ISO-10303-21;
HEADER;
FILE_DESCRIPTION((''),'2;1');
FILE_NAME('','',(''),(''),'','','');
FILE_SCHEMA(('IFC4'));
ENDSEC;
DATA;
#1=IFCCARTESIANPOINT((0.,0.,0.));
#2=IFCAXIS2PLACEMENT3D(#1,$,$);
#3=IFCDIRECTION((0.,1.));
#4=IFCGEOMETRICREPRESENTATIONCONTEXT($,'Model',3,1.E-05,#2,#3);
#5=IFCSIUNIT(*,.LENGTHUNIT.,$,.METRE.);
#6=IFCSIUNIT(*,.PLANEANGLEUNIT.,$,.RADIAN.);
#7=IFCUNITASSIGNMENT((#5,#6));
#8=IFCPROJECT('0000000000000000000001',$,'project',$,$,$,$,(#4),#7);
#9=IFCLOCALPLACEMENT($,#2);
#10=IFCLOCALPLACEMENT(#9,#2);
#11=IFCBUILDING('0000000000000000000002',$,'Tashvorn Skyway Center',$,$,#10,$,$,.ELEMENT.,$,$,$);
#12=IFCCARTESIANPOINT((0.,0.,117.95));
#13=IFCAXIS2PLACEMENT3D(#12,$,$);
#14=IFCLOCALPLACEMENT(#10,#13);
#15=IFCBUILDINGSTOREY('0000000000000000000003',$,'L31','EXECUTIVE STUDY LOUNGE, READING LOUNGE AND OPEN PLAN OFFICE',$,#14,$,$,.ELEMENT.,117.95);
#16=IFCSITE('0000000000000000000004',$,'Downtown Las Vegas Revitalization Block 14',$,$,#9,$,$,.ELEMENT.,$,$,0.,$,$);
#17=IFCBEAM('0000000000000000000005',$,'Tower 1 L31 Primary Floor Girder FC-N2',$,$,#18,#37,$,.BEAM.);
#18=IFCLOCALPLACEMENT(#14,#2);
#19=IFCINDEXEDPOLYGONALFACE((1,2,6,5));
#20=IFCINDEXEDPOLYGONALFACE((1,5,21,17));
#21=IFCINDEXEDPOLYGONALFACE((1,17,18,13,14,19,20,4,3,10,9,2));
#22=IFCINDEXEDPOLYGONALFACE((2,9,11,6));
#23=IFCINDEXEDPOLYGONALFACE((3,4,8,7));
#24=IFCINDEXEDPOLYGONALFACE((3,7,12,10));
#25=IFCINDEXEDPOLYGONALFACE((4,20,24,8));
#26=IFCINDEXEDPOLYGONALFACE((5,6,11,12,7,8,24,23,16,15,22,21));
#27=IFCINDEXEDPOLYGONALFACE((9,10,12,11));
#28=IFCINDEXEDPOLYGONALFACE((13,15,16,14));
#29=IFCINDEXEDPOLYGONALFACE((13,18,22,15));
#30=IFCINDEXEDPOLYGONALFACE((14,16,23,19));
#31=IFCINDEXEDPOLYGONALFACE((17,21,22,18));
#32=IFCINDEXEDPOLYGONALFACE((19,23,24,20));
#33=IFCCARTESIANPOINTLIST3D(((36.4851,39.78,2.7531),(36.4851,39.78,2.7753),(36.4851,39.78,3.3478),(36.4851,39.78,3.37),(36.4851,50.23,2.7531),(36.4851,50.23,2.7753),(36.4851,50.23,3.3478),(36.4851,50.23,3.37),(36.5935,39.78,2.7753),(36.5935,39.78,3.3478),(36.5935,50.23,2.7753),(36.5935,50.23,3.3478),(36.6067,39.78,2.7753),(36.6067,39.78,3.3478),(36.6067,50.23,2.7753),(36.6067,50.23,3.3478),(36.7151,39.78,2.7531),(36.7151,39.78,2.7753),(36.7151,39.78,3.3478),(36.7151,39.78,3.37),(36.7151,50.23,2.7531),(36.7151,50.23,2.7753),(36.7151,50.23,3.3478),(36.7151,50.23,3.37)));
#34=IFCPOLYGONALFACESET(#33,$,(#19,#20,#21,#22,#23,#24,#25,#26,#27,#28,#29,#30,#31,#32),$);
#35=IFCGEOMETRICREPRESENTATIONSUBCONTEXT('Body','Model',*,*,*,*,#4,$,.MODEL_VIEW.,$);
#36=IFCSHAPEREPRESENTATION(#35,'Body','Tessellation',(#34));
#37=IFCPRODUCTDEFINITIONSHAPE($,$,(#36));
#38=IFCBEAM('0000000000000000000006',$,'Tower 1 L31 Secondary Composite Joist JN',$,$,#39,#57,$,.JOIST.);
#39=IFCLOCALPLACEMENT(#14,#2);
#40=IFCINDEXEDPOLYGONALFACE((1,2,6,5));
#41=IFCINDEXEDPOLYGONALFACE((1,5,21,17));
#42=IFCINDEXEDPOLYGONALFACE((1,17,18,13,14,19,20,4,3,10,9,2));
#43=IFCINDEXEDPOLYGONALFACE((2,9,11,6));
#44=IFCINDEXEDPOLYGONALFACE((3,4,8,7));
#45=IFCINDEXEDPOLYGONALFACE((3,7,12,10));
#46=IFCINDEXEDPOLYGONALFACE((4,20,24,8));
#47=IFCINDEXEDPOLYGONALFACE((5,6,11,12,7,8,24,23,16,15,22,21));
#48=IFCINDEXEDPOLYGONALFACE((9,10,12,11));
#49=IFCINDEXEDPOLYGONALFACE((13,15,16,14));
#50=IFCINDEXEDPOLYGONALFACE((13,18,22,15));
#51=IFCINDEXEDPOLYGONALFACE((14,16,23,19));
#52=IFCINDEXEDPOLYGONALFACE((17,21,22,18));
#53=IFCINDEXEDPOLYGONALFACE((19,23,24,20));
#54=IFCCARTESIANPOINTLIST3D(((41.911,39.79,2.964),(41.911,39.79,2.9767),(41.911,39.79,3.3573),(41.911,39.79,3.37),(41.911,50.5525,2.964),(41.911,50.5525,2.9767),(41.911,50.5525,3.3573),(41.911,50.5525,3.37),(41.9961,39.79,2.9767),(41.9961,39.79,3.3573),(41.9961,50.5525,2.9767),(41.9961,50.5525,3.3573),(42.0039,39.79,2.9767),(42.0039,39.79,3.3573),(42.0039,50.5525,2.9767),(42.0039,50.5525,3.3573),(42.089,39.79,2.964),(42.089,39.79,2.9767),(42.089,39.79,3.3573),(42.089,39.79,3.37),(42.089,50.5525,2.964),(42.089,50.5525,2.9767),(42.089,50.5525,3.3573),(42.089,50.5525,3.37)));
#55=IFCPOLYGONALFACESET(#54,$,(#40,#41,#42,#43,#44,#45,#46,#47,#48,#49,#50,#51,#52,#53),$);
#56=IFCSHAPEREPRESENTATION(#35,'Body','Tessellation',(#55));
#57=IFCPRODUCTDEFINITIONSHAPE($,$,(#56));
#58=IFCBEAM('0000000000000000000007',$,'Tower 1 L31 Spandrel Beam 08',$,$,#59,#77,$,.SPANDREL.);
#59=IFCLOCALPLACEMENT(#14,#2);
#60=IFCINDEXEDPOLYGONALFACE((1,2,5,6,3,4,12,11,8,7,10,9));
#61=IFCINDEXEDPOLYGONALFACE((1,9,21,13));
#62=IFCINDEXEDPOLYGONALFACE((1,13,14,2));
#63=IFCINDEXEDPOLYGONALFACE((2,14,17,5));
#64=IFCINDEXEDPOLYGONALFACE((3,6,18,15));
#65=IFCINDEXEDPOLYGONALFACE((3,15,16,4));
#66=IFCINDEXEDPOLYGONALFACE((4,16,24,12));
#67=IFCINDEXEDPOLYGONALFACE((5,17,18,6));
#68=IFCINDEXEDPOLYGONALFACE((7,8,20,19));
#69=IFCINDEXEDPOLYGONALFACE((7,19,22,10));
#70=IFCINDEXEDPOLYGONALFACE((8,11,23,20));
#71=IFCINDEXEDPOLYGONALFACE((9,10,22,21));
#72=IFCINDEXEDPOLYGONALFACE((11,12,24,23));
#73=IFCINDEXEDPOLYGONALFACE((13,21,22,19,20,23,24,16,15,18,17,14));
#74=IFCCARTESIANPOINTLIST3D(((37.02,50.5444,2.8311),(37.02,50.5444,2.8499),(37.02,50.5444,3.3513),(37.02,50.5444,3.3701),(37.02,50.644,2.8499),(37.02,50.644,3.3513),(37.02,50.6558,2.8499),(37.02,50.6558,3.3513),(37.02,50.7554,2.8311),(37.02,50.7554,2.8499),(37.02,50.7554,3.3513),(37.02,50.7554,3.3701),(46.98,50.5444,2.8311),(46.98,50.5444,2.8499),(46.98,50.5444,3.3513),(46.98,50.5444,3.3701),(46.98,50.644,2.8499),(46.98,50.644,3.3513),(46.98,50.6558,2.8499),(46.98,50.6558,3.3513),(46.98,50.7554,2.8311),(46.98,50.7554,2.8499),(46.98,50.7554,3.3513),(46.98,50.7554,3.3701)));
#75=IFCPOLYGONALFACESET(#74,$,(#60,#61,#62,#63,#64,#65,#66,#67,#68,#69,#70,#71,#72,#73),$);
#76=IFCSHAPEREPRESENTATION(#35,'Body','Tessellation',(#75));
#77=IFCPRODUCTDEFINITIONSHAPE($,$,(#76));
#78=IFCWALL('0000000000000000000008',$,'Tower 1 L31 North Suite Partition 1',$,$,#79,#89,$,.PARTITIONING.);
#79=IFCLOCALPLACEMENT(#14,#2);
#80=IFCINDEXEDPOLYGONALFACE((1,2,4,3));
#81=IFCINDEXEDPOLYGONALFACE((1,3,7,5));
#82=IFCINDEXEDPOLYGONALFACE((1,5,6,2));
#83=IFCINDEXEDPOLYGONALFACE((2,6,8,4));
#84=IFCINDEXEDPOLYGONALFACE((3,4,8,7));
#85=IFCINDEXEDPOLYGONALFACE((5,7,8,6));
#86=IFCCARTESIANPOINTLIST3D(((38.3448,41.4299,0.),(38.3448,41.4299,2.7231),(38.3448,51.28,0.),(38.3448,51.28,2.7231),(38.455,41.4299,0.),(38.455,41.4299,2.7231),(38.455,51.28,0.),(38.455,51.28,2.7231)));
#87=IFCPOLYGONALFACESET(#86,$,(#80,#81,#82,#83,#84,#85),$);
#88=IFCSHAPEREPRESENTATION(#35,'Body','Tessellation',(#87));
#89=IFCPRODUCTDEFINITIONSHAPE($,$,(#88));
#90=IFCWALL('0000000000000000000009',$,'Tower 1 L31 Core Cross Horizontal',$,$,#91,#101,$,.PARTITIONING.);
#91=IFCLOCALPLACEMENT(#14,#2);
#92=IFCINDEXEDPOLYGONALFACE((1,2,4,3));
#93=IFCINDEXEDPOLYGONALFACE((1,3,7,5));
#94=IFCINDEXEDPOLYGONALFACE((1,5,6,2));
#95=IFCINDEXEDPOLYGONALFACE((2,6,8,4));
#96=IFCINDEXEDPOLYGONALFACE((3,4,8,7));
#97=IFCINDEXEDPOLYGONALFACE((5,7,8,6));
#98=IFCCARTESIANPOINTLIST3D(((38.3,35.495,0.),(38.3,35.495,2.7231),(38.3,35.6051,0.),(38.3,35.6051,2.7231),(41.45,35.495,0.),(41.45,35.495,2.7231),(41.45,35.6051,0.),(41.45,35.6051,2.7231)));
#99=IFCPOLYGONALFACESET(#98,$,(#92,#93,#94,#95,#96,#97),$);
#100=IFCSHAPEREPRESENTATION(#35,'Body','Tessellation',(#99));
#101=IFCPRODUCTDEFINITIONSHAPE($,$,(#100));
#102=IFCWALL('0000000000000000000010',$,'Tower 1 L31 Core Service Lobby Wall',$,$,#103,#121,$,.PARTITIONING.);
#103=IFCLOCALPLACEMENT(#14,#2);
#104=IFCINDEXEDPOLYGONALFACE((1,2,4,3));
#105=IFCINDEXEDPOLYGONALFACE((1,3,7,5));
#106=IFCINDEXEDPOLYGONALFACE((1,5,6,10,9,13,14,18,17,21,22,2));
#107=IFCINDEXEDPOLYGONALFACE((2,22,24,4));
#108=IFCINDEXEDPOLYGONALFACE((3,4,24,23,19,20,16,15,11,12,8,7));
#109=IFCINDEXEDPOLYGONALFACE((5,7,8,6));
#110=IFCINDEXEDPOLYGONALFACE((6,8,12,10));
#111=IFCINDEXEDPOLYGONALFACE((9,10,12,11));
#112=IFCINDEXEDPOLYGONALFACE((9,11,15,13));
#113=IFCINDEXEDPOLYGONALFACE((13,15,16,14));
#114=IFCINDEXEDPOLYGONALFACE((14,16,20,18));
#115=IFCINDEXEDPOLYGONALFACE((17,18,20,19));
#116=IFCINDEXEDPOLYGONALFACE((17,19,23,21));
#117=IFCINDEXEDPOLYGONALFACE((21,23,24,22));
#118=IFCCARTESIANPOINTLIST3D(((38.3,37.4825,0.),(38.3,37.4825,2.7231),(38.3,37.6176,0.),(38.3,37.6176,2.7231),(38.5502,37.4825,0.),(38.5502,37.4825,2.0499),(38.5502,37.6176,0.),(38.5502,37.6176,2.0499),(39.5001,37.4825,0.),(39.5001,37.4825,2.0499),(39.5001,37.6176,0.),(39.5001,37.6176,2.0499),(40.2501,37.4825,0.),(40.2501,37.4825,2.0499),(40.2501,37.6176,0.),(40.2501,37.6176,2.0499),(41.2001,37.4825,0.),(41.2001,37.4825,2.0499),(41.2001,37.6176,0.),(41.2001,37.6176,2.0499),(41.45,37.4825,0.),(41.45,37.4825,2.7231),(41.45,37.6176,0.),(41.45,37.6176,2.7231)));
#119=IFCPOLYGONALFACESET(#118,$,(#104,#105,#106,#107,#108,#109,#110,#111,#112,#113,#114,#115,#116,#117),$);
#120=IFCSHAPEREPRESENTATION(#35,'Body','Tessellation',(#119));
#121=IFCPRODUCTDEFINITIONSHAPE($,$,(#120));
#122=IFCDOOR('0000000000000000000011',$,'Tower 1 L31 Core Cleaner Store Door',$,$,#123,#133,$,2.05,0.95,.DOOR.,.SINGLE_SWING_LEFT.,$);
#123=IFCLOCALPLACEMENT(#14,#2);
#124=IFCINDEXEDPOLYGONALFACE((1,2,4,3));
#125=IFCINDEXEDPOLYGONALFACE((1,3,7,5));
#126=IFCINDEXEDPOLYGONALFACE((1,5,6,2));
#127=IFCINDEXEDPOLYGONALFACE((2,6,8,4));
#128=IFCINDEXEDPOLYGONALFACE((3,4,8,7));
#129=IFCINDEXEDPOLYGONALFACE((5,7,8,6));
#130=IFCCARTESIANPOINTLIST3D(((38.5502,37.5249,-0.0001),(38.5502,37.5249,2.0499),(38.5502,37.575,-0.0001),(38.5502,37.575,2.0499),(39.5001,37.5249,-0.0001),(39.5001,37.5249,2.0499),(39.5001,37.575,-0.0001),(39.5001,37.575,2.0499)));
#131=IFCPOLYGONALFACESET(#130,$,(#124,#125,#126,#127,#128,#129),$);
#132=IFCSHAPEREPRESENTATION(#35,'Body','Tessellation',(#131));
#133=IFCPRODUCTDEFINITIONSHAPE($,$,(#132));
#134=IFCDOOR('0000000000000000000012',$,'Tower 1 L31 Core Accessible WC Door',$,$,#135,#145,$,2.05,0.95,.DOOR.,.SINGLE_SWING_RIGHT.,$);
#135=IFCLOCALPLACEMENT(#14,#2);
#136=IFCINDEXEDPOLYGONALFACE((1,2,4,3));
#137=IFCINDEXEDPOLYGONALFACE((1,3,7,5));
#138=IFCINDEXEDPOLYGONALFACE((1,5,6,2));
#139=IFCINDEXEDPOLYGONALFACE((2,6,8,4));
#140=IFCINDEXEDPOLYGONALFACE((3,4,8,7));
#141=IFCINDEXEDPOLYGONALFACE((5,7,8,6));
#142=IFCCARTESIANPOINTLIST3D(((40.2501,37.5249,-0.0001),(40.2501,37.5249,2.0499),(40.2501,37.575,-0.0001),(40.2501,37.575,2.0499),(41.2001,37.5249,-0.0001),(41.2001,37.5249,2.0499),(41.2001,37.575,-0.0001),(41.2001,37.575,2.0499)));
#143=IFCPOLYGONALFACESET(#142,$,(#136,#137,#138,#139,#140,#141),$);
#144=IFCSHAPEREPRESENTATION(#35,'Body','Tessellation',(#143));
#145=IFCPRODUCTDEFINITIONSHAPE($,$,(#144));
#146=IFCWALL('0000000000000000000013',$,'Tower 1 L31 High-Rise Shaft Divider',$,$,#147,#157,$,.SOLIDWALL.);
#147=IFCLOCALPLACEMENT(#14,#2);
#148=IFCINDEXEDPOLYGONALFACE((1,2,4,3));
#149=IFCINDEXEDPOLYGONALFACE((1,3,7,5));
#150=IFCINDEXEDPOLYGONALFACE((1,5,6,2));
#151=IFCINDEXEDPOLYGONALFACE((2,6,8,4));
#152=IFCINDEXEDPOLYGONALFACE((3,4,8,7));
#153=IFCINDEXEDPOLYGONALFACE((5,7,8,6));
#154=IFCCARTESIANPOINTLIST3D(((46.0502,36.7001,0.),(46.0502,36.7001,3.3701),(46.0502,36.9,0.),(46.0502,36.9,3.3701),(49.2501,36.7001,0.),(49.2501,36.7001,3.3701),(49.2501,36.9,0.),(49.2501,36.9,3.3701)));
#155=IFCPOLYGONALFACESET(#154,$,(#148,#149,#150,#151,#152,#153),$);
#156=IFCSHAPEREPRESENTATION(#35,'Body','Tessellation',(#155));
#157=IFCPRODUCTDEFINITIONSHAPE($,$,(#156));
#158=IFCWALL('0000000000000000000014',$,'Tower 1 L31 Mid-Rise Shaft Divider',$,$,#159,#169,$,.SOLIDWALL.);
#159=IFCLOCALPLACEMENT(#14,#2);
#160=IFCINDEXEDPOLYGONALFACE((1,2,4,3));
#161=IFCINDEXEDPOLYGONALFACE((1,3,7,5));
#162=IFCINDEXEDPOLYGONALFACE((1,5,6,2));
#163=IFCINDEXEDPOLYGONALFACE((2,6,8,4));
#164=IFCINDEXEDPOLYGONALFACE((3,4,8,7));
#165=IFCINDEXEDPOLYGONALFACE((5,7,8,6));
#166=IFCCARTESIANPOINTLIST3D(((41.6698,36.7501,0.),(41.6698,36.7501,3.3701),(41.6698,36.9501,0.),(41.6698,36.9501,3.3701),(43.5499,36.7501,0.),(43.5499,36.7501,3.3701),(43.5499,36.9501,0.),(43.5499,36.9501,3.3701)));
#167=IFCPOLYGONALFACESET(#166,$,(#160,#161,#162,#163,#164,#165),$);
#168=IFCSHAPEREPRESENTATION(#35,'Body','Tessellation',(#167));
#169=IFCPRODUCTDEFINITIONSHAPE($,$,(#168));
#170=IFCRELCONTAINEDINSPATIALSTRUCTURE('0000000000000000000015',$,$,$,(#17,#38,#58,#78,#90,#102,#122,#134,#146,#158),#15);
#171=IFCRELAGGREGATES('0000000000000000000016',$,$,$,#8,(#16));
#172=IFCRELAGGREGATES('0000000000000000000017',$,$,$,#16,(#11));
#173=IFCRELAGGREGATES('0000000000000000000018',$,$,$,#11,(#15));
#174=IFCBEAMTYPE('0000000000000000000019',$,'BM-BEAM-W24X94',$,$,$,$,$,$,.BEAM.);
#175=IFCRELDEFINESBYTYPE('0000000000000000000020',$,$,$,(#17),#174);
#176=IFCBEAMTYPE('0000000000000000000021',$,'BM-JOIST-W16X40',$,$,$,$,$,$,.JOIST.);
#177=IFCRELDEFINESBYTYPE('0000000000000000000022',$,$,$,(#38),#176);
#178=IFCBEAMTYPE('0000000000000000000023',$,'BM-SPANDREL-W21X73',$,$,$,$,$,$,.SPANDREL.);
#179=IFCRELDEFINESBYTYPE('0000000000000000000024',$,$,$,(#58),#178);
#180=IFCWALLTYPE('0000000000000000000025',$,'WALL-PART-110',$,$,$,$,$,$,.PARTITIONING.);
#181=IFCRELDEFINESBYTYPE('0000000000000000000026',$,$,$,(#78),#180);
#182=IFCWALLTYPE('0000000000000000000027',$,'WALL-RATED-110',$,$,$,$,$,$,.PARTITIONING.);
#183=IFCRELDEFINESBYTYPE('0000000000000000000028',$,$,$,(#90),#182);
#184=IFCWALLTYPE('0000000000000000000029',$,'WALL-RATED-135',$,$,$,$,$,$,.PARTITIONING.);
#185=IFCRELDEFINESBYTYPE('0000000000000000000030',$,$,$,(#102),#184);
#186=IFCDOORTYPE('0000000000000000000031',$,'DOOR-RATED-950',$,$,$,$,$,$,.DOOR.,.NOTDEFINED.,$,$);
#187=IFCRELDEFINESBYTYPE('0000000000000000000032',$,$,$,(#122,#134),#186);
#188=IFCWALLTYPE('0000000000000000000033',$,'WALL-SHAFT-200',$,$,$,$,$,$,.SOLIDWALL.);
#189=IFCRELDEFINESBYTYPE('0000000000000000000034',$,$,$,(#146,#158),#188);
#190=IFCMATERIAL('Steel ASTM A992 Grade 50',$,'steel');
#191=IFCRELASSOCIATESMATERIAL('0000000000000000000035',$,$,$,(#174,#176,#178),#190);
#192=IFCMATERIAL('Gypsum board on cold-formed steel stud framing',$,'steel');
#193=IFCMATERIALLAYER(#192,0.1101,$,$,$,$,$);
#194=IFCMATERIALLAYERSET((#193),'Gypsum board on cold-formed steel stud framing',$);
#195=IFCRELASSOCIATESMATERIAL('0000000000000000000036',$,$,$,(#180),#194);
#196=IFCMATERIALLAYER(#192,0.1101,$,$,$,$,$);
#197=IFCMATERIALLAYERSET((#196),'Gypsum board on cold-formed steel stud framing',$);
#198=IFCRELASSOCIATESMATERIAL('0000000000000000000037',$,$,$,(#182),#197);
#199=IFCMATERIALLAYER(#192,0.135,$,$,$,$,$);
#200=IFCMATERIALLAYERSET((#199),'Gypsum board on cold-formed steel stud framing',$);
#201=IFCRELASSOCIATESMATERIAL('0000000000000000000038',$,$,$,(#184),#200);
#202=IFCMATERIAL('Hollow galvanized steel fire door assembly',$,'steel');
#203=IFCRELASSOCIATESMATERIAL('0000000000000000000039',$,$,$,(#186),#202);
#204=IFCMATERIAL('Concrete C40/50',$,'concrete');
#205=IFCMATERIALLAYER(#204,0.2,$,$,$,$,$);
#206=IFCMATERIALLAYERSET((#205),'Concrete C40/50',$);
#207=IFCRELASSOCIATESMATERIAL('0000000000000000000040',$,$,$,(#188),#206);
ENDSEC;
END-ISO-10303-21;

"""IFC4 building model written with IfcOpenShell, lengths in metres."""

from ifc_helpers import new_model, si_unit, direction, frame, frame_2d, origin, origin_2d, place, context, subcontext, project, spatial, rectangle, i_section, extrude, material, layer, layer_set, material_profile, profile_set, type_object, element, fill, save


model = new_model("IFC4")

# Units and contexts
model_context = context("Model", 3, precision=1e-05, world=origin(), true_north=direction((0.0, 1.0)))
body_context = subcontext(model_context, "Body", "Model", "MODEL_VIEW")
ifc_project = project(units=[si_unit("LENGTHUNIT", "METRE"), si_unit("PLANEANGLEUNIT", "RADIAN")], contexts=[model_context])

# Site, building, storey
site_placement = place(None, origin())
site = spatial("IfcSite", under=ifc_project, at=site_placement, Name="Downtown Las Vegas Revitalization Block 14", CompositionType="ELEMENT", RefElevation=0.0)
building_placement = place(site_placement, origin())
building = spatial("IfcBuilding", under=site, at=building_placement, Name="Tashvorn Skyway Center", CompositionType="ELEMENT")
storey_placement = place(building_placement, frame((0.0, 0.0, 117.95)))
storey = spatial("IfcBuildingStorey", under=building, at=storey_placement, Name="L31", Description="EXECUTIVE STUDY LOUNGE, READING LOUNGE AND OPEN PLAN OFFICE", CompositionType="ELEMENT", Elevation=117.95)

# Beams
ifc_material_1 = material(Name="Steel ASTM A992 Grade 50", Category="steel")
ifc_material_profile_1 = material_profile(ifc_material_1, i_section(OverallWidth=0.23, OverallDepth=0.6169, WebThickness=0.0132, FlangeThickness=0.0222, at=origin_2d()), Name="W24X94")
ifc_profile_set_1 = profile_set([ifc_material_profile_1], Name="Steel ASTM A992 Grade 50")
beam_type_1 = type_object("IfcBeamType", Name="BM-BEAM-W24X94", PredefinedType="BEAM", material=ifc_profile_set_1)
beam_1_placement = place(storey_placement, frame((36.6001, 50.23, 3.0615), z_axis=(0.0, -1.0, 0.0), x_axis=(1.0, 0.0, 0.0)))
element("IfcBeam", 1, at=beam_1_placement, inside=storey, type_object=beam_type_1, Name="Tower 1 L31 Primary Floor Girder FC-N2", PredefinedType="BEAM", context=body_context, shape_type="SweptSolid", body=[
    extrude(i_section(OverallWidth=0.23, OverallDepth=0.6169, WebThickness=0.0132, FlangeThickness=0.0222, at=origin_2d()), origin(), (0.0, 0.0, 1.0), 10.45),
])
ifc_material_profile_2 = material_profile(ifc_material_1, i_section(OverallWidth=0.178, OverallDepth=0.406, WebThickness=0.0078, FlangeThickness=0.0127, at=origin_2d()), Name="W16X40")
ifc_profile_set_2 = profile_set([ifc_material_profile_2], Name="Steel ASTM A992 Grade 50")
beam_type_2 = type_object("IfcBeamType", Name="BM-JOIST-W16X40", PredefinedType="JOIST", material=ifc_profile_set_2)
beam_2_placement = place(storey_placement, frame((42.0, 39.79, 3.167), z_axis=(0.0, 1.0, 0.0), x_axis=(-1.0, 0.0, 0.0)))
element("IfcBeam", 2, at=beam_2_placement, inside=storey, type_object=beam_type_2, Name="Tower 1 L31 Secondary Composite Joist JN", PredefinedType="JOIST", context=body_context, shape_type="SweptSolid", body=[
    extrude(i_section(OverallWidth=0.178, OverallDepth=0.406, WebThickness=0.0078, FlangeThickness=0.0127, at=origin_2d()), origin(), (0.0, 0.0, 1.0), 10.7625),
])
ifc_material_profile_3 = material_profile(ifc_material_1, i_section(OverallWidth=0.2109, OverallDepth=0.5391, WebThickness=0.0117, FlangeThickness=0.0188, at=origin_2d()), Name="W21X73")
ifc_profile_set_3 = profile_set([ifc_material_profile_3], Name="Steel ASTM A992 Grade 50")
beam_type_3 = type_object("IfcBeamType", Name="BM-SPANDREL-W21X73", PredefinedType="SPANDREL", material=ifc_profile_set_3)
beam_3_placement = place(storey_placement, frame((46.98, 50.6499, 3.1006), z_axis=(-1.0, 0.0, 0.0), x_axis=(0.0, -1.0, 0.0)))
element("IfcBeam", 3, at=beam_3_placement, inside=storey, type_object=beam_type_3, Name="Tower 1 L31 Spandrel Beam 08", PredefinedType="SPANDREL", context=body_context, shape_type="SweptSolid", body=[
    extrude(i_section(OverallWidth=0.2109, OverallDepth=0.5391, WebThickness=0.0117, FlangeThickness=0.0188, at=origin_2d()), origin(), (0.0, 0.0, 1.0), 9.96),
])

# Walls
ifc_material_2 = material(Name="Gypsum board on cold-formed steel stud framing", Category="steel")
ifc_layer_1 = layer(ifc_material_2, 0.1101)
ifc_layer_set_1 = layer_set([ifc_layer_1], Name="Gypsum board on cold-formed steel stud framing")
wall_type_1 = type_object("IfcWallType", Name="WALL-PART-110", PredefinedType="PARTITIONING", material=ifc_layer_set_1)
wall_1_placement = place(storey_placement, frame((38.3999, 41.4299, 0.0), z_axis=(0.0, 0.0, 1.0), x_axis=(0.0, 1.0, 0.0)))
element("IfcWall", 4, at=wall_1_placement, inside=storey, type_object=wall_type_1, Name="Tower 1 L31 North Suite Partition 1", PredefinedType="PARTITIONING", context=body_context, shape_type="SweptSolid", body=[
    extrude(rectangle(XDim=9.8501, YDim=0.1101, at=frame_2d((4.925, 0.0))), origin(), (0.0, 0.0, 1.0), 2.7231),
])
ifc_layer_2 = layer(ifc_material_2, 0.1101)
ifc_layer_set_2 = layer_set([ifc_layer_2], Name="Gypsum board on cold-formed steel stud framing")
wall_type_2 = type_object("IfcWallType", Name="WALL-RATED-110", PredefinedType="PARTITIONING", material=ifc_layer_set_2)
wall_2_placement = place(storey_placement, frame((38.3, 35.55, 0.0), z_axis=(0.0, 0.0, 1.0), x_axis=(1.0, 0.0, 0.0)))
element("IfcWall", 5, at=wall_2_placement, inside=storey, type_object=wall_type_2, Name="Tower 1 L31 Core Cross Horizontal", PredefinedType="PARTITIONING", context=body_context, shape_type="SweptSolid", body=[
    extrude(rectangle(XDim=3.1499, YDim=0.1101, at=frame_2d((1.575, 0.0))), origin(), (0.0, 0.0, 1.0), 2.7231),
])

# Wall, openings, doors
ifc_layer_3 = layer(ifc_material_2, 0.135)
ifc_layer_set_3 = layer_set([ifc_layer_3], Name="Gypsum board on cold-formed steel stud framing")
wall_type_3 = type_object("IfcWallType", Name="WALL-RATED-135", PredefinedType="PARTITIONING", material=ifc_layer_set_3)
wall_3_placement = place(storey_placement, frame((38.3, 37.55, 0.0), z_axis=(0.0, 0.0, 1.0), x_axis=(1.0, 0.0, 0.0)))
wall_3 = element("IfcWall", 6, at=wall_3_placement, inside=storey, type_object=wall_type_3, Name="Tower 1 L31 Core Service Lobby Wall", PredefinedType="PARTITIONING", context=body_context, shape_type="SweptSolid", body=[
    extrude(rectangle(XDim=3.1499, YDim=0.135, at=frame_2d((1.575, 0.0))), origin(), (0.0, 0.0, 1.0), 2.7231),
])
opening_1_placement = place(wall_3_placement, frame((0.25, 0.0, 0.0)))
opening_1 = element("IfcOpeningElement", 7, at=opening_1_placement, cuts=wall_3, PredefinedType="OPENING", context=body_context, shape_type="SweptSolid", body=[
    extrude(rectangle(XDim=0.95, YDim=2.05, at=frame_2d((0.4751, 1.0249))), frame((0.0, 0.0774, 0.0), z_axis=(0.0, -1.0, 0.0), x_axis=(1.0, 0.0, 0.0)), (0.0, 0.0, 1.0), 0.155),
])
opening_2_placement = place(wall_3_placement, frame((1.95, 0.0, 0.0)))
opening_2 = element("IfcOpeningElement", 8, at=opening_2_placement, cuts=wall_3, PredefinedType="OPENING", context=body_context, shape_type="SweptSolid", body=[
    extrude(rectangle(XDim=0.95, YDim=2.05, at=frame_2d((0.4751, 1.0249))), frame((0.0, 0.0774, 0.0), z_axis=(0.0, -1.0, 0.0), x_axis=(1.0, 0.0, 0.0)), (0.0, 0.0, 1.0), 0.155),
])
ifc_material_3 = material(Name="Hollow galvanized steel fire door assembly", Category="steel")
door_type = type_object("IfcDoorType", Name="DOOR-RATED-950", OperationType="NOTDEFINED", PredefinedType="DOOR", material=ifc_material_3)
door_1_placement = place(opening_1_placement, origin())
door_1 = element("IfcDoor", 9, at=door_1_placement, inside=storey, type_object=door_type, Name="Tower 1 L31 Core Cleaner Store Door", OperationType="SINGLE_SWING_LEFT", OverallHeight=2.05, OverallWidth=0.95, PredefinedType="DOOR", context=body_context, shape_type="SweptSolid", body=[
    extrude(rectangle(XDim=0.95, YDim=2.05, at=frame_2d((0.4751, 1.0249))), frame((0.0, 0.0249, 0.0), z_axis=(0.0, -1.0, 0.0), x_axis=(1.0, 0.0, 0.0)), (0.0, 0.0, 1.0), 0.05),
])
fill(opening_1, door_1)
door_2_placement = place(opening_2_placement, origin())
door_2 = element("IfcDoor", 10, at=door_2_placement, inside=storey, type_object=door_type, Name="Tower 1 L31 Core Accessible WC Door", OperationType="SINGLE_SWING_RIGHT", OverallHeight=2.05, OverallWidth=0.95, PredefinedType="DOOR", context=body_context, shape_type="SweptSolid", body=[
    extrude(rectangle(XDim=0.95, YDim=2.05, at=frame_2d((0.4751, 1.0249))), frame((0.0, 0.0249, 0.0), z_axis=(0.0, -1.0, 0.0), x_axis=(1.0, 0.0, 0.0)), (0.0, 0.0, 1.0), 0.05),
])
fill(opening_2, door_2)

# Walls
ifc_material_4 = material(Name="Concrete C40/50", Category="concrete")
ifc_layer_4 = layer(ifc_material_4, 0.2)
ifc_layer_set_4 = layer_set([ifc_layer_4], Name="Concrete C40/50")
wall_type_4 = type_object("IfcWallType", Name="WALL-SHAFT-200", PredefinedType="SOLIDWALL", material=ifc_layer_set_4)
wall_4_placement = place(storey_placement, frame((46.05, 36.8, 0.0), z_axis=(0.0, 0.0, 1.0), x_axis=(1.0, 0.0, 0.0)))
element("IfcWall", 11, at=wall_4_placement, inside=storey, type_object=wall_type_4, Name="Tower 1 L31 High-Rise Shaft Divider", PredefinedType="SOLIDWALL", context=body_context, shape_type="SweptSolid", body=[
    extrude(rectangle(XDim=3.2, YDim=0.2, at=frame_2d((1.6001, 0.0))), origin(), (0.0, 0.0, 1.0), 3.3701),
])
wall_5_placement = place(storey_placement, frame((41.6699, 36.8501, 0.0), z_axis=(0.0, 0.0, 1.0), x_axis=(1.0, 0.0, 0.0)))
element("IfcWall", 12, at=wall_5_placement, inside=storey, type_object=wall_type_4, Name="Tower 1 L31 Mid-Rise Shaft Divider", PredefinedType="SOLIDWALL", context=body_context, shape_type="SweptSolid", body=[
    extrude(rectangle(XDim=1.8801, YDim=0.2, at=frame_2d((0.9399, 0.0))), origin(), (0.0, 0.0, 1.0), 3.3701),
])

save(model, "model.ifc")
